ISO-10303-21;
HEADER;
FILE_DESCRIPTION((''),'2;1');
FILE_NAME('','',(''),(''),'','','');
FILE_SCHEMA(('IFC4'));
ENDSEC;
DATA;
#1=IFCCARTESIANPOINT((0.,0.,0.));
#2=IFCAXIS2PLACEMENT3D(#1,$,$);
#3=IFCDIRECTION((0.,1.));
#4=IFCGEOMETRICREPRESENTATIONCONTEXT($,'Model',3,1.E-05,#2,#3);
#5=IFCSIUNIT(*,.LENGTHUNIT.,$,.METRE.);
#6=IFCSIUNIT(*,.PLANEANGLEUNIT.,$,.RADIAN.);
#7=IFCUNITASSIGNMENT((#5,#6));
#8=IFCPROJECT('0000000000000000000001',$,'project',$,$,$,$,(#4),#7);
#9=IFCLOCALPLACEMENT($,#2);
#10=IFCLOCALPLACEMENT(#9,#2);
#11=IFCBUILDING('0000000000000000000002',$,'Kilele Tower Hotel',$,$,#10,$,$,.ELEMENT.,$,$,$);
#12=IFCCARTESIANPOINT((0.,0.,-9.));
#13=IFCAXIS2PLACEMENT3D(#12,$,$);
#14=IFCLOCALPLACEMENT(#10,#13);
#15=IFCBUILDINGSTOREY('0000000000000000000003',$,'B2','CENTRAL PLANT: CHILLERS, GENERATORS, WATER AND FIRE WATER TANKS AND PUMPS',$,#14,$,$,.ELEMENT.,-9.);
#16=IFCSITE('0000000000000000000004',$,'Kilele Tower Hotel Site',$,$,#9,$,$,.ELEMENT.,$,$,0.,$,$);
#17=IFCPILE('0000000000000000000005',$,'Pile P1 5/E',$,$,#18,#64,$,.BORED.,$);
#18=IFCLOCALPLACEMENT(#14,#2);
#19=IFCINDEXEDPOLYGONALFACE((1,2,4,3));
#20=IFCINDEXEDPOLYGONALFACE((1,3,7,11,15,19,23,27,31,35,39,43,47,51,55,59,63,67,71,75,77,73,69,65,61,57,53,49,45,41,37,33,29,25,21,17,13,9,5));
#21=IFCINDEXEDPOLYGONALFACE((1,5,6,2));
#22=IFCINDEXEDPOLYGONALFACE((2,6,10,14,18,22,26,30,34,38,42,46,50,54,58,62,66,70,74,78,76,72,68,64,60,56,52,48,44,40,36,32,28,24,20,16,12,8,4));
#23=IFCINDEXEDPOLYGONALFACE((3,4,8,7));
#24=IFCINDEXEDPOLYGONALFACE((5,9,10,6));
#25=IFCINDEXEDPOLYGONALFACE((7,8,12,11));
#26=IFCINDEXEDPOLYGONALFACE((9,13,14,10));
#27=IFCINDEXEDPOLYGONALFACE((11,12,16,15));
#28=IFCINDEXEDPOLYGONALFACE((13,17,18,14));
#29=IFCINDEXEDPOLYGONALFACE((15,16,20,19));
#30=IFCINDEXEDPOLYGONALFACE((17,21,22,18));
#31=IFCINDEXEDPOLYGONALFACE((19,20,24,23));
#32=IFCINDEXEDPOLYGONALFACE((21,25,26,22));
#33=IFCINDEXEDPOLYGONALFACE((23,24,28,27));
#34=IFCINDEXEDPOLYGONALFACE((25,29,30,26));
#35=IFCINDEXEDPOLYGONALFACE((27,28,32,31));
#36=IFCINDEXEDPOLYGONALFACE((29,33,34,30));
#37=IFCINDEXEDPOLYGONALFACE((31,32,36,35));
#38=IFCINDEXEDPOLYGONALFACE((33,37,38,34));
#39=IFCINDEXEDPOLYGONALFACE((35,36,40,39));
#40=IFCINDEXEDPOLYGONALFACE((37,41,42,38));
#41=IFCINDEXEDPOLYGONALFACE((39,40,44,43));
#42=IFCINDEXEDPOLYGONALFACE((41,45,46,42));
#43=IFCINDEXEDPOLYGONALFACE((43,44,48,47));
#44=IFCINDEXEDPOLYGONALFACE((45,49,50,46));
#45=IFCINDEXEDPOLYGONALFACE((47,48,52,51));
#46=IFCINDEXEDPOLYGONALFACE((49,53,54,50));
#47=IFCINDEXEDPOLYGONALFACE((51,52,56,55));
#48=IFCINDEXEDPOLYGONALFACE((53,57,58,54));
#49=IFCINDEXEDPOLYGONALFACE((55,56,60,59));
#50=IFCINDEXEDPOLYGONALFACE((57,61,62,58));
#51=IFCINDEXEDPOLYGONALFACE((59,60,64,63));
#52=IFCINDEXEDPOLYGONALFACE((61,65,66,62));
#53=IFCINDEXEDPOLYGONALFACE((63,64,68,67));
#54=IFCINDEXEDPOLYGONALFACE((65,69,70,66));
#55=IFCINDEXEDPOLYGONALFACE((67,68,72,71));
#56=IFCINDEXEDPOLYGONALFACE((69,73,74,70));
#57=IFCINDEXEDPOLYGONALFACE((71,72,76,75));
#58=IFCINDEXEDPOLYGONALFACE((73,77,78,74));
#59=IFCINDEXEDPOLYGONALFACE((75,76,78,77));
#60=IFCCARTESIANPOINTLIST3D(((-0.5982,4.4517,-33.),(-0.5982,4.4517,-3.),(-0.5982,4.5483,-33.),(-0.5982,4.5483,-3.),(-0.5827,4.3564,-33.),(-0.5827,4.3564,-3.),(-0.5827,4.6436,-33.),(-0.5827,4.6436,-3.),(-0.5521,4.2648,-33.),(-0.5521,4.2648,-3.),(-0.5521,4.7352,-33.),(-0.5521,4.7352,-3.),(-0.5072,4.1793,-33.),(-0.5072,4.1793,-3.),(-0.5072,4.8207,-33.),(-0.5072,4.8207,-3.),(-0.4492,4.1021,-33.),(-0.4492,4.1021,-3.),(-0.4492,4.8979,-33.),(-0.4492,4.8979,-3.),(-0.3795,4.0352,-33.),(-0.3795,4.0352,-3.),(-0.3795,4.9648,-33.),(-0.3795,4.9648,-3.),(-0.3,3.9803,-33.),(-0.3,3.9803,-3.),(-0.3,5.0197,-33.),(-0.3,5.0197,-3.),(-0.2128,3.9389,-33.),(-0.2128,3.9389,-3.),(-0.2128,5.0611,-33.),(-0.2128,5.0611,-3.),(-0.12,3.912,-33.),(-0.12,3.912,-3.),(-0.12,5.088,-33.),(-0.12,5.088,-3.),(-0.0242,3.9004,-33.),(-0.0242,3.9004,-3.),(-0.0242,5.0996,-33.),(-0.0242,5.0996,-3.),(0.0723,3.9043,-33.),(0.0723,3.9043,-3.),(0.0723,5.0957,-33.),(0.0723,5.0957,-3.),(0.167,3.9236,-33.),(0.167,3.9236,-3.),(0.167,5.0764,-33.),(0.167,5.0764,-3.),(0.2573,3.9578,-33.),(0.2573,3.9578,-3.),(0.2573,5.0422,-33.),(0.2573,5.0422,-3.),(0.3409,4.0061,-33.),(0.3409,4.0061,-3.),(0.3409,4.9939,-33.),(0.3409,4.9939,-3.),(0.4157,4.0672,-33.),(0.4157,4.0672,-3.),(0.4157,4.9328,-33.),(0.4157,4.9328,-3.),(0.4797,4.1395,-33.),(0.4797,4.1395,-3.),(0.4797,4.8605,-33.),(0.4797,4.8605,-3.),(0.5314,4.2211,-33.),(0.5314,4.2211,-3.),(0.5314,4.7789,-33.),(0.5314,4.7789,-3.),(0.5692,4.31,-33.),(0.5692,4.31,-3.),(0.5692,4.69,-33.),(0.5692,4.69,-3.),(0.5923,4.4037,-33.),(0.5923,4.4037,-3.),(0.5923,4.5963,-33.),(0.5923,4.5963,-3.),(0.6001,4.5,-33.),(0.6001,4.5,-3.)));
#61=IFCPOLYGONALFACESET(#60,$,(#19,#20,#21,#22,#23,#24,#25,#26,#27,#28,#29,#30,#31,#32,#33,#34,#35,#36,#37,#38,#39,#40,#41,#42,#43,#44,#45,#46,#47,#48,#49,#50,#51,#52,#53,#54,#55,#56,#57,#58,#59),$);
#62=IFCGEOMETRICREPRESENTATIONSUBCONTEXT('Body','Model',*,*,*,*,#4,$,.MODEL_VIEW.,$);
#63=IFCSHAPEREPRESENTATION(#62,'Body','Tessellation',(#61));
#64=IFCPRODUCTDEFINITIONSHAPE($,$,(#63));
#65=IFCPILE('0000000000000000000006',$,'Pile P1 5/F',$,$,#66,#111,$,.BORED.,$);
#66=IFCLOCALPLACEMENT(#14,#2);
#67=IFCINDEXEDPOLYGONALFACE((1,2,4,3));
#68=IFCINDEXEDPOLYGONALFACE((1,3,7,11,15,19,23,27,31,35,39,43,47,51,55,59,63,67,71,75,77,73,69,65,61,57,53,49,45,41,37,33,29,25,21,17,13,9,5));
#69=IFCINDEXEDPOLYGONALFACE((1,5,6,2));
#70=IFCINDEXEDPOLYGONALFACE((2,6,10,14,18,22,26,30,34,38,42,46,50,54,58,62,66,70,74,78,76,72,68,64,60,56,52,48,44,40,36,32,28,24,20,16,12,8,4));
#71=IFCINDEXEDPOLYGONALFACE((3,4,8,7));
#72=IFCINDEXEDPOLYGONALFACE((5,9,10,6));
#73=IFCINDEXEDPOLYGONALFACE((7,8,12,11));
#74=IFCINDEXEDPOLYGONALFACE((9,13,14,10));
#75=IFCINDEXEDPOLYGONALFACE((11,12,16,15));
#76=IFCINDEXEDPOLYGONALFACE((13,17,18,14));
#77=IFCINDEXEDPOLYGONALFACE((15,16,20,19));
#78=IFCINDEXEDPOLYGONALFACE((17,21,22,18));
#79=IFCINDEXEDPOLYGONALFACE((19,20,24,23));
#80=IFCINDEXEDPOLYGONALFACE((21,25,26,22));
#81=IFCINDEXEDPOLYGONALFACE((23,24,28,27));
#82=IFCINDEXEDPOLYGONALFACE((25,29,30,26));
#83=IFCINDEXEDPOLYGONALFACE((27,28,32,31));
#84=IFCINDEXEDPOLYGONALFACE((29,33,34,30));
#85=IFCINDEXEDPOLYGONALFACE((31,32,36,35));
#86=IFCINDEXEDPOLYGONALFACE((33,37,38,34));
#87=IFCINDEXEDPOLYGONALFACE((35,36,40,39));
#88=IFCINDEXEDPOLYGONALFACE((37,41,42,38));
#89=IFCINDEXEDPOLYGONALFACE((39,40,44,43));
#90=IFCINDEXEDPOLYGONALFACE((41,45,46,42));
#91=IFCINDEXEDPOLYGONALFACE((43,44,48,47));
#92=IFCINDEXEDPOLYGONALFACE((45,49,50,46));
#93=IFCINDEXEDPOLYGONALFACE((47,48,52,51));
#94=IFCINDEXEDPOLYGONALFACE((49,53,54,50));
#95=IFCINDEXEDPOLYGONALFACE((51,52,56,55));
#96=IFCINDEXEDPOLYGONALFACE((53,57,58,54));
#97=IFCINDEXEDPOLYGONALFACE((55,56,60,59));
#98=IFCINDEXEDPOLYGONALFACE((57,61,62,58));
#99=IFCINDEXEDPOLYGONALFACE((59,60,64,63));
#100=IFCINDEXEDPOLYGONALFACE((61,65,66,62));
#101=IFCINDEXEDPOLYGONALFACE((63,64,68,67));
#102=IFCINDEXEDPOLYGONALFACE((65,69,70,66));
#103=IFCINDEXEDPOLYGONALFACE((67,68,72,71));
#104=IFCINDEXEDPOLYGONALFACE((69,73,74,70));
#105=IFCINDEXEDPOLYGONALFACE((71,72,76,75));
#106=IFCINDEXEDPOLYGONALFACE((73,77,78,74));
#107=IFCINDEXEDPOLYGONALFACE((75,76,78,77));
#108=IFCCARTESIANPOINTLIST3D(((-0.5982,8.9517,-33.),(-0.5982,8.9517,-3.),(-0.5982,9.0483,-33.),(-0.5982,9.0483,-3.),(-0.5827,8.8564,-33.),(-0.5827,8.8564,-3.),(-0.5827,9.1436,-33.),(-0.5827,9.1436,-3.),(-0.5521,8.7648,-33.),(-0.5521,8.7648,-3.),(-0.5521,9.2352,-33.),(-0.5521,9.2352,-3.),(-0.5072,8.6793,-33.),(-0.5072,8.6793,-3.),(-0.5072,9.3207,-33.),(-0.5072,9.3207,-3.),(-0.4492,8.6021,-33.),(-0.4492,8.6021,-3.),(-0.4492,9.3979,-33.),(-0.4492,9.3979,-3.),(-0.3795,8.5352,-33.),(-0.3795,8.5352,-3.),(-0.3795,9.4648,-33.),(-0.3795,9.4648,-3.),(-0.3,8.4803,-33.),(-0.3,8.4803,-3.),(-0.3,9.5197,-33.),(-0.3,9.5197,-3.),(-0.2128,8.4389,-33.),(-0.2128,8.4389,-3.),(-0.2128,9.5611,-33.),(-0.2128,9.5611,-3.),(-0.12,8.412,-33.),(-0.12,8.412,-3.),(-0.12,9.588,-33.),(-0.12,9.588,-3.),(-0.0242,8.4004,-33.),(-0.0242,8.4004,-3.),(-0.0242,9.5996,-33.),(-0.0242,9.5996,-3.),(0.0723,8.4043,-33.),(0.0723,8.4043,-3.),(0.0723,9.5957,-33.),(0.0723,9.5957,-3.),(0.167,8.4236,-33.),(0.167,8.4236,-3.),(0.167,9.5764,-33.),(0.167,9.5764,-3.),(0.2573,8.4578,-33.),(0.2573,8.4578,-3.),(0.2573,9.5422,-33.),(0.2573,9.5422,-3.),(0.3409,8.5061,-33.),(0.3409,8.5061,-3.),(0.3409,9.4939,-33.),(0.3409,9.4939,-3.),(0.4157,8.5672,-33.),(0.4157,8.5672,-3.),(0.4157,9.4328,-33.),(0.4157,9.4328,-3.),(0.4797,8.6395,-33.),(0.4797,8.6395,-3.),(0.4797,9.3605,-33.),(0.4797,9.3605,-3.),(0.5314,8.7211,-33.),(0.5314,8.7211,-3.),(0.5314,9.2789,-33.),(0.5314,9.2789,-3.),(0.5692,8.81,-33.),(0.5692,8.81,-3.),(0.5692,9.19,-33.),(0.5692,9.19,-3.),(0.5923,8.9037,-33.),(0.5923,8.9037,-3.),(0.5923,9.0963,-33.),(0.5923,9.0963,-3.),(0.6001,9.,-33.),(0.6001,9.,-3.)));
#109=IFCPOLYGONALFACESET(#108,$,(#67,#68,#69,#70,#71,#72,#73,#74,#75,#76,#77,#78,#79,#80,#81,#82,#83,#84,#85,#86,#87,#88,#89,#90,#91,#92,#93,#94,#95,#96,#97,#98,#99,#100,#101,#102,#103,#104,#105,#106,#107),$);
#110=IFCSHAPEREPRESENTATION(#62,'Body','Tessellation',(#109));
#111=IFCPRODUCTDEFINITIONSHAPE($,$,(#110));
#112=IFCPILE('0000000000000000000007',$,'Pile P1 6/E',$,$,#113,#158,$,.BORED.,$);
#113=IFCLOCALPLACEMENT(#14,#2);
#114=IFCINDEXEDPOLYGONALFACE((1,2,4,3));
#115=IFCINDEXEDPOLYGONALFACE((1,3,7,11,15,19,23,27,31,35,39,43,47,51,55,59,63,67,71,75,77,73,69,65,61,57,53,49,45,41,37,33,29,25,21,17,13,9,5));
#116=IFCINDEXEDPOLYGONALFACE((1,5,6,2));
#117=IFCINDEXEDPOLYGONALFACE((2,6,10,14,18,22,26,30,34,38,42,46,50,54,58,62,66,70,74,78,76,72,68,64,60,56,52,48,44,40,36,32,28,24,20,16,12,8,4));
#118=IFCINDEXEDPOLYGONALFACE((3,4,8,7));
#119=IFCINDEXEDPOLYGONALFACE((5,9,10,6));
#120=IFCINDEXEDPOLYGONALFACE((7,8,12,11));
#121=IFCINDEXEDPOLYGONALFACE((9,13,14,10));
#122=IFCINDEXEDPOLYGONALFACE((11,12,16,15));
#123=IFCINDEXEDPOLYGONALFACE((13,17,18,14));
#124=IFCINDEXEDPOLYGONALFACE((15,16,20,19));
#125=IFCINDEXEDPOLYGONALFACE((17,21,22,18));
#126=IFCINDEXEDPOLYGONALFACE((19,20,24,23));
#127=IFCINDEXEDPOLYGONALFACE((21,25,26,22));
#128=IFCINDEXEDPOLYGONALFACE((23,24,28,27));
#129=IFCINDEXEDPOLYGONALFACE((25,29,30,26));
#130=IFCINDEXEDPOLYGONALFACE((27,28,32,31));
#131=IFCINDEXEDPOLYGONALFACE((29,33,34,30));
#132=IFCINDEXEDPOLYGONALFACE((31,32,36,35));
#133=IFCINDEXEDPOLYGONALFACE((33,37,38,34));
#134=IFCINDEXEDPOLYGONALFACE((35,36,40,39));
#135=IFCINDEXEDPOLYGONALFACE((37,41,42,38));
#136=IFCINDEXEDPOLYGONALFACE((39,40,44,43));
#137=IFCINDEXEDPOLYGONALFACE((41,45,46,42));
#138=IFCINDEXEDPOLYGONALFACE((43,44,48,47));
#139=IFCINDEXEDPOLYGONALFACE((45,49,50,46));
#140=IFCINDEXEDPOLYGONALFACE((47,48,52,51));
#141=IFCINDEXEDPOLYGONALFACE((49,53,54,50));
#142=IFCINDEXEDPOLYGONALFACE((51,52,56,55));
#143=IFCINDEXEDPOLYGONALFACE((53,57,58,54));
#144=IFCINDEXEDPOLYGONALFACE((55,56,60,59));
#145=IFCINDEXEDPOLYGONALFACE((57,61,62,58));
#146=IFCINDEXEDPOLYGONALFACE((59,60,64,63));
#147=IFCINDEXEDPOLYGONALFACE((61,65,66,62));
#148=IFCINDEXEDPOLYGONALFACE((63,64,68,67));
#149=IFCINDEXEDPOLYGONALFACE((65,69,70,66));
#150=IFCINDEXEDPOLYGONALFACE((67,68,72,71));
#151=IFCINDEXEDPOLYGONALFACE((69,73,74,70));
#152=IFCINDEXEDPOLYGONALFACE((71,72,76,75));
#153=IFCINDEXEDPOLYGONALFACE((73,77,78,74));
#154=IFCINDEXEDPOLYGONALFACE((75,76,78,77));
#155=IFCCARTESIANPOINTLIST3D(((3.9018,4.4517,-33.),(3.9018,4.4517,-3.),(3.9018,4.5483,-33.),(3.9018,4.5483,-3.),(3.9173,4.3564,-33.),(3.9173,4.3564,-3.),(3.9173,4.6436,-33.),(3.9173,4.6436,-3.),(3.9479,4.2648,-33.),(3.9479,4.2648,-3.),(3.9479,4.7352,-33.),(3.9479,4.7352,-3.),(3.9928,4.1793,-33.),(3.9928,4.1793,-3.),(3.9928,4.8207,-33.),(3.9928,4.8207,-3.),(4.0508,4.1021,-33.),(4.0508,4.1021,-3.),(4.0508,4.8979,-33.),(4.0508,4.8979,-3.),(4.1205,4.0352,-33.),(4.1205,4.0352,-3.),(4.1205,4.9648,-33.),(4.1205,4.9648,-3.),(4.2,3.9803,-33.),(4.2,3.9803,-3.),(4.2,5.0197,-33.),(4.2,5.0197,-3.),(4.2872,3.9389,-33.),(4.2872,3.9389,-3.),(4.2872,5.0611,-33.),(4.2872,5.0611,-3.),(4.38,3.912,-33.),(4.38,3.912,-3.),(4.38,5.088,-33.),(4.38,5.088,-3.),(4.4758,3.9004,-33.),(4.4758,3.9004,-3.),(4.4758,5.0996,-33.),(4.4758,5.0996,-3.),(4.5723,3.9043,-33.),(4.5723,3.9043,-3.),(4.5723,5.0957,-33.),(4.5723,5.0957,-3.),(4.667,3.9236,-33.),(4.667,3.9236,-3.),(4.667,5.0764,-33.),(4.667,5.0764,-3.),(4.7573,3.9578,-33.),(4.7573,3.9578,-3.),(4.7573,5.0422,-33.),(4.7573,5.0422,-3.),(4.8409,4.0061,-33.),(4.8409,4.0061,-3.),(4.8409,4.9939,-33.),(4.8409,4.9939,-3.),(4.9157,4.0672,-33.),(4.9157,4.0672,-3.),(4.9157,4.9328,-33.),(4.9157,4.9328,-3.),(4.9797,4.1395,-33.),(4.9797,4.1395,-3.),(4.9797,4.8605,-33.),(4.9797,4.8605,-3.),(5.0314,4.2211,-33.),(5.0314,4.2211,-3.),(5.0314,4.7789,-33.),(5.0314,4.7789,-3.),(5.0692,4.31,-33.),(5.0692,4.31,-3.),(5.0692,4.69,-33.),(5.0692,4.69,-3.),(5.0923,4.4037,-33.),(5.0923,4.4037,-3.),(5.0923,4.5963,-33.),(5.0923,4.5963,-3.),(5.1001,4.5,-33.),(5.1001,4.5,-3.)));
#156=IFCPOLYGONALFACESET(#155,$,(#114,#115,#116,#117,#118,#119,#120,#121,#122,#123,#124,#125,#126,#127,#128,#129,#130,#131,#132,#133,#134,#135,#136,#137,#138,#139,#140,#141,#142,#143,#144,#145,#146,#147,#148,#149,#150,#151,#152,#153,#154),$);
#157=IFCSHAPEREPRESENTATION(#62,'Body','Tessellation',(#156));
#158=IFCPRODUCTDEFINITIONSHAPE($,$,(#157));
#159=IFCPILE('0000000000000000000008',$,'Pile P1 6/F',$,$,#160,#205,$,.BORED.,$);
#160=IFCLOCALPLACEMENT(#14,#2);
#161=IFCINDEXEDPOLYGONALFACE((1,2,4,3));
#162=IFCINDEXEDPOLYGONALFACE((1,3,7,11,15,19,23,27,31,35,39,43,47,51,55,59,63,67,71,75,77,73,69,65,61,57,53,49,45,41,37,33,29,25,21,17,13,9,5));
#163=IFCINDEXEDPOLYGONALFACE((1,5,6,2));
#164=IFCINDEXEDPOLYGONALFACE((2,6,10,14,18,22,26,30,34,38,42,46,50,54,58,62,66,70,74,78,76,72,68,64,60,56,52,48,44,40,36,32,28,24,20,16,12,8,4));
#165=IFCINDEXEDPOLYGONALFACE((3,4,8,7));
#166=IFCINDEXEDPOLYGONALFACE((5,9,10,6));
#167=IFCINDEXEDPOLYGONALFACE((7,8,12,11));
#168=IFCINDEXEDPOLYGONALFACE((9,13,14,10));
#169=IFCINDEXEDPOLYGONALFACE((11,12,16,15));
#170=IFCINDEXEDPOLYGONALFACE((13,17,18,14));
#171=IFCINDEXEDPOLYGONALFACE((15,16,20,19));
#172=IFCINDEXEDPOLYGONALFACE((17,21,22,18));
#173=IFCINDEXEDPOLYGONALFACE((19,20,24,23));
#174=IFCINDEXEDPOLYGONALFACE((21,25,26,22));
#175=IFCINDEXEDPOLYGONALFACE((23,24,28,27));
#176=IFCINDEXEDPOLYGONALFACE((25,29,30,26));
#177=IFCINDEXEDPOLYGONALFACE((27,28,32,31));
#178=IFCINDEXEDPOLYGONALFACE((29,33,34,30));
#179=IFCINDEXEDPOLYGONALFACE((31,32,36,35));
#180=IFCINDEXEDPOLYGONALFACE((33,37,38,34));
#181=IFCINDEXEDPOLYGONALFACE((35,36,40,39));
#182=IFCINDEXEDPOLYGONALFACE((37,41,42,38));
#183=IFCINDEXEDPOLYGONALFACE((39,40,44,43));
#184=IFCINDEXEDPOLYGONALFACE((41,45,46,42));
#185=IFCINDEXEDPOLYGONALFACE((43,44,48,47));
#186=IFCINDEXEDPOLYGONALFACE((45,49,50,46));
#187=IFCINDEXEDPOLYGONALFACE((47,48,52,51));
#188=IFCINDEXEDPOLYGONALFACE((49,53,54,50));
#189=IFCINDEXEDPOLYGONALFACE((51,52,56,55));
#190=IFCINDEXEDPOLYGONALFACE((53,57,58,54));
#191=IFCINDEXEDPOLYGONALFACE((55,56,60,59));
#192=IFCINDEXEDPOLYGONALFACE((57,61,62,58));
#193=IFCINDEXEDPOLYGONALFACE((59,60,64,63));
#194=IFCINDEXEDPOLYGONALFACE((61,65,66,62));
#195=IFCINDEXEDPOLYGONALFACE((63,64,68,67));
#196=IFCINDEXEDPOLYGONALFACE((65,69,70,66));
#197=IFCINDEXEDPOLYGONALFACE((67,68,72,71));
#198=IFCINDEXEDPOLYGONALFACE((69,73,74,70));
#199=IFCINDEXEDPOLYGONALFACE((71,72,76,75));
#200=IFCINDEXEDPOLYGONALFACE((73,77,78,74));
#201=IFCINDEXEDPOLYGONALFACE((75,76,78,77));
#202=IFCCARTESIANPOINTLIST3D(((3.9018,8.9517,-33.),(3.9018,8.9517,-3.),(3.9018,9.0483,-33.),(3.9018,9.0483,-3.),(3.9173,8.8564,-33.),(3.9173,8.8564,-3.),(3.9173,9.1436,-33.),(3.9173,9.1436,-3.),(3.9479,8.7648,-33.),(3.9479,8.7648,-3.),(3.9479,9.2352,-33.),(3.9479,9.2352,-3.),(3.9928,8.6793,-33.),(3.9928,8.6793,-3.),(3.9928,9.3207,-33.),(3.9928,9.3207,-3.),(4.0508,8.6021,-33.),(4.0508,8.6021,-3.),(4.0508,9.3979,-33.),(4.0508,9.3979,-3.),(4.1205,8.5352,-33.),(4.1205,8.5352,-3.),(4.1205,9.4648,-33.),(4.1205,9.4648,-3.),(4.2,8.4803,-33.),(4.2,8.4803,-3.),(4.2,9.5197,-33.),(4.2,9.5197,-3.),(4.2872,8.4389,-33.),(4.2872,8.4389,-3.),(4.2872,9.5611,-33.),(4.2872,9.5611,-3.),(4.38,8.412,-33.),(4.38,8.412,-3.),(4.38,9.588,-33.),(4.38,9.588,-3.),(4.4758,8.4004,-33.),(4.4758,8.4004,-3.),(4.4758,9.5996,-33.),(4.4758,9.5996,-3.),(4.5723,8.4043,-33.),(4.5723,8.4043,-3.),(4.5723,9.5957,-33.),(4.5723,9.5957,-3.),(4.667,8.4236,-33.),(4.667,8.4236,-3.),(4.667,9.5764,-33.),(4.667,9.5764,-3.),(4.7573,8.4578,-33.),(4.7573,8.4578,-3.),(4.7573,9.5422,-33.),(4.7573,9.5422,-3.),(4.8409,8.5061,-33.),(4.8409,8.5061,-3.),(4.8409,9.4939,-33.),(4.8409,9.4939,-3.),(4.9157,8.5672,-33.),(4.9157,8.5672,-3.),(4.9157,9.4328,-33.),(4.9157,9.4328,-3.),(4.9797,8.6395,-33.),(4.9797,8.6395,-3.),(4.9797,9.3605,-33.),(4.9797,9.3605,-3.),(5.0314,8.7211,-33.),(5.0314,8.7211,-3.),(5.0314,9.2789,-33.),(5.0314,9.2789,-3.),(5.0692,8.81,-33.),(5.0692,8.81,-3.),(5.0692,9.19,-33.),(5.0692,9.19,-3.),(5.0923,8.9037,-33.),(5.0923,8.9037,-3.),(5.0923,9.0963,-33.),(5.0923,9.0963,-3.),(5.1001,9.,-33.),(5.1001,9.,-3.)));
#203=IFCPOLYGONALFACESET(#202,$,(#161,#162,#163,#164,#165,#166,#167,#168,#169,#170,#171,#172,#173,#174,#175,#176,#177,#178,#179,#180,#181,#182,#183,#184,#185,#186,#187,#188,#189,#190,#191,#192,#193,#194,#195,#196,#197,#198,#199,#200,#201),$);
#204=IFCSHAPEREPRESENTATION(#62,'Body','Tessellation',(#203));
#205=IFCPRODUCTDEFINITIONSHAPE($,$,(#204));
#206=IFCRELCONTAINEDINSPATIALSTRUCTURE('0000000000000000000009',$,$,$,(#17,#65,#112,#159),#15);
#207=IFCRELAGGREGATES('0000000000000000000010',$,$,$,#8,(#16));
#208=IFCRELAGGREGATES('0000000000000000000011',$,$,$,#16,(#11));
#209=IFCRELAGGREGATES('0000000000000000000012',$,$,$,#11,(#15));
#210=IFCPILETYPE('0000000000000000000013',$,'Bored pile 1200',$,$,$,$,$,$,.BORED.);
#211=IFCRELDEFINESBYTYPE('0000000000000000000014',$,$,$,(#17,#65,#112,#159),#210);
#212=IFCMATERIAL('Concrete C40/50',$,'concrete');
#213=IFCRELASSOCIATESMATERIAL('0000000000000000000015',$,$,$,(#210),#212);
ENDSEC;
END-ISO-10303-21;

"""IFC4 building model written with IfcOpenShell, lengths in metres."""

from ifc_helpers import new_model, si_unit, direction, frame, origin, origin_2d, place, context, subcontext, project, spatial, circle, extrude, material, material_profile, profile_set, type_object, element, save


model = new_model("IFC4")

# Units and contexts
model_context = context("Model", 3, precision=1e-05, world=origin(), true_north=direction((0.0, 1.0)))
body_context = subcontext(model_context, "Body", "Model", "MODEL_VIEW")
ifc_project = project(units=[si_unit("LENGTHUNIT", "METRE"), si_unit("PLANEANGLEUNIT", "RADIAN")], contexts=[model_context])

# Site, building, storey
site_placement = place(None, origin())
site = spatial("IfcSite", under=ifc_project, at=site_placement, Name="Kilele Tower Hotel Site", CompositionType="ELEMENT", RefElevation=0.0)
building_placement = place(site_placement, origin())
building = spatial("IfcBuilding", under=site, at=building_placement, Name="Kilele Tower Hotel", CompositionType="ELEMENT")
storey_placement = place(building_placement, frame((0.0, 0.0, -9.0)))
storey = spatial("IfcBuildingStorey", under=building, at=storey_placement, Name="B2", Description="CENTRAL PLANT: CHILLERS, GENERATORS, WATER AND FIRE WATER TANKS AND PUMPS", CompositionType="ELEMENT", Elevation=-9.0)

# Piles
ifc_material_1 = material(Name="Concrete C40/50", Category="concrete")
ifc_material_profile_1 = material_profile(ifc_material_1, circle(Radius=0.6001, at=origin_2d()))
ifc_profile_set_1 = profile_set([ifc_material_profile_1], Name="Concrete C40/50")
pile_type = type_object("IfcPileType", Name="Bored pile 1200", PredefinedType="BORED", material=ifc_profile_set_1)
for number, where, z_axis, x_axis, name in (
    (1, (0.0, 4.5, -3.0), (0.0, 0.0, -1.0), (1.0, 0.0, 0.0), "Pile P1 5/E"),
    (2, (0.0, 9.0, -3.0), (0.0, 0.0, -1.0), (1.0, 0.0, 0.0), "Pile P1 5/F"),
    (3, (4.5, 4.5, -3.0), (0.0, 0.0, -1.0), (1.0, 0.0, 0.0), "Pile P1 6/E"),
    (4, (4.5, 9.0, -3.0), (0.0, 0.0, -1.0), (1.0, 0.0, 0.0), "Pile P1 6/F"),
):
    element("IfcPile", number, at=place(storey_placement, frame(where, z_axis=z_axis, x_axis=x_axis)), inside=storey, type_object=pile_type, Name=name, PredefinedType="BORED", context=body_context, shape_type="SweptSolid", body=[
        extrude(circle(Radius=0.6001, at=origin_2d()), origin(), (0.0, 0.0, 1.0), 30.0),
    ])

save(model, "model.ifc")
